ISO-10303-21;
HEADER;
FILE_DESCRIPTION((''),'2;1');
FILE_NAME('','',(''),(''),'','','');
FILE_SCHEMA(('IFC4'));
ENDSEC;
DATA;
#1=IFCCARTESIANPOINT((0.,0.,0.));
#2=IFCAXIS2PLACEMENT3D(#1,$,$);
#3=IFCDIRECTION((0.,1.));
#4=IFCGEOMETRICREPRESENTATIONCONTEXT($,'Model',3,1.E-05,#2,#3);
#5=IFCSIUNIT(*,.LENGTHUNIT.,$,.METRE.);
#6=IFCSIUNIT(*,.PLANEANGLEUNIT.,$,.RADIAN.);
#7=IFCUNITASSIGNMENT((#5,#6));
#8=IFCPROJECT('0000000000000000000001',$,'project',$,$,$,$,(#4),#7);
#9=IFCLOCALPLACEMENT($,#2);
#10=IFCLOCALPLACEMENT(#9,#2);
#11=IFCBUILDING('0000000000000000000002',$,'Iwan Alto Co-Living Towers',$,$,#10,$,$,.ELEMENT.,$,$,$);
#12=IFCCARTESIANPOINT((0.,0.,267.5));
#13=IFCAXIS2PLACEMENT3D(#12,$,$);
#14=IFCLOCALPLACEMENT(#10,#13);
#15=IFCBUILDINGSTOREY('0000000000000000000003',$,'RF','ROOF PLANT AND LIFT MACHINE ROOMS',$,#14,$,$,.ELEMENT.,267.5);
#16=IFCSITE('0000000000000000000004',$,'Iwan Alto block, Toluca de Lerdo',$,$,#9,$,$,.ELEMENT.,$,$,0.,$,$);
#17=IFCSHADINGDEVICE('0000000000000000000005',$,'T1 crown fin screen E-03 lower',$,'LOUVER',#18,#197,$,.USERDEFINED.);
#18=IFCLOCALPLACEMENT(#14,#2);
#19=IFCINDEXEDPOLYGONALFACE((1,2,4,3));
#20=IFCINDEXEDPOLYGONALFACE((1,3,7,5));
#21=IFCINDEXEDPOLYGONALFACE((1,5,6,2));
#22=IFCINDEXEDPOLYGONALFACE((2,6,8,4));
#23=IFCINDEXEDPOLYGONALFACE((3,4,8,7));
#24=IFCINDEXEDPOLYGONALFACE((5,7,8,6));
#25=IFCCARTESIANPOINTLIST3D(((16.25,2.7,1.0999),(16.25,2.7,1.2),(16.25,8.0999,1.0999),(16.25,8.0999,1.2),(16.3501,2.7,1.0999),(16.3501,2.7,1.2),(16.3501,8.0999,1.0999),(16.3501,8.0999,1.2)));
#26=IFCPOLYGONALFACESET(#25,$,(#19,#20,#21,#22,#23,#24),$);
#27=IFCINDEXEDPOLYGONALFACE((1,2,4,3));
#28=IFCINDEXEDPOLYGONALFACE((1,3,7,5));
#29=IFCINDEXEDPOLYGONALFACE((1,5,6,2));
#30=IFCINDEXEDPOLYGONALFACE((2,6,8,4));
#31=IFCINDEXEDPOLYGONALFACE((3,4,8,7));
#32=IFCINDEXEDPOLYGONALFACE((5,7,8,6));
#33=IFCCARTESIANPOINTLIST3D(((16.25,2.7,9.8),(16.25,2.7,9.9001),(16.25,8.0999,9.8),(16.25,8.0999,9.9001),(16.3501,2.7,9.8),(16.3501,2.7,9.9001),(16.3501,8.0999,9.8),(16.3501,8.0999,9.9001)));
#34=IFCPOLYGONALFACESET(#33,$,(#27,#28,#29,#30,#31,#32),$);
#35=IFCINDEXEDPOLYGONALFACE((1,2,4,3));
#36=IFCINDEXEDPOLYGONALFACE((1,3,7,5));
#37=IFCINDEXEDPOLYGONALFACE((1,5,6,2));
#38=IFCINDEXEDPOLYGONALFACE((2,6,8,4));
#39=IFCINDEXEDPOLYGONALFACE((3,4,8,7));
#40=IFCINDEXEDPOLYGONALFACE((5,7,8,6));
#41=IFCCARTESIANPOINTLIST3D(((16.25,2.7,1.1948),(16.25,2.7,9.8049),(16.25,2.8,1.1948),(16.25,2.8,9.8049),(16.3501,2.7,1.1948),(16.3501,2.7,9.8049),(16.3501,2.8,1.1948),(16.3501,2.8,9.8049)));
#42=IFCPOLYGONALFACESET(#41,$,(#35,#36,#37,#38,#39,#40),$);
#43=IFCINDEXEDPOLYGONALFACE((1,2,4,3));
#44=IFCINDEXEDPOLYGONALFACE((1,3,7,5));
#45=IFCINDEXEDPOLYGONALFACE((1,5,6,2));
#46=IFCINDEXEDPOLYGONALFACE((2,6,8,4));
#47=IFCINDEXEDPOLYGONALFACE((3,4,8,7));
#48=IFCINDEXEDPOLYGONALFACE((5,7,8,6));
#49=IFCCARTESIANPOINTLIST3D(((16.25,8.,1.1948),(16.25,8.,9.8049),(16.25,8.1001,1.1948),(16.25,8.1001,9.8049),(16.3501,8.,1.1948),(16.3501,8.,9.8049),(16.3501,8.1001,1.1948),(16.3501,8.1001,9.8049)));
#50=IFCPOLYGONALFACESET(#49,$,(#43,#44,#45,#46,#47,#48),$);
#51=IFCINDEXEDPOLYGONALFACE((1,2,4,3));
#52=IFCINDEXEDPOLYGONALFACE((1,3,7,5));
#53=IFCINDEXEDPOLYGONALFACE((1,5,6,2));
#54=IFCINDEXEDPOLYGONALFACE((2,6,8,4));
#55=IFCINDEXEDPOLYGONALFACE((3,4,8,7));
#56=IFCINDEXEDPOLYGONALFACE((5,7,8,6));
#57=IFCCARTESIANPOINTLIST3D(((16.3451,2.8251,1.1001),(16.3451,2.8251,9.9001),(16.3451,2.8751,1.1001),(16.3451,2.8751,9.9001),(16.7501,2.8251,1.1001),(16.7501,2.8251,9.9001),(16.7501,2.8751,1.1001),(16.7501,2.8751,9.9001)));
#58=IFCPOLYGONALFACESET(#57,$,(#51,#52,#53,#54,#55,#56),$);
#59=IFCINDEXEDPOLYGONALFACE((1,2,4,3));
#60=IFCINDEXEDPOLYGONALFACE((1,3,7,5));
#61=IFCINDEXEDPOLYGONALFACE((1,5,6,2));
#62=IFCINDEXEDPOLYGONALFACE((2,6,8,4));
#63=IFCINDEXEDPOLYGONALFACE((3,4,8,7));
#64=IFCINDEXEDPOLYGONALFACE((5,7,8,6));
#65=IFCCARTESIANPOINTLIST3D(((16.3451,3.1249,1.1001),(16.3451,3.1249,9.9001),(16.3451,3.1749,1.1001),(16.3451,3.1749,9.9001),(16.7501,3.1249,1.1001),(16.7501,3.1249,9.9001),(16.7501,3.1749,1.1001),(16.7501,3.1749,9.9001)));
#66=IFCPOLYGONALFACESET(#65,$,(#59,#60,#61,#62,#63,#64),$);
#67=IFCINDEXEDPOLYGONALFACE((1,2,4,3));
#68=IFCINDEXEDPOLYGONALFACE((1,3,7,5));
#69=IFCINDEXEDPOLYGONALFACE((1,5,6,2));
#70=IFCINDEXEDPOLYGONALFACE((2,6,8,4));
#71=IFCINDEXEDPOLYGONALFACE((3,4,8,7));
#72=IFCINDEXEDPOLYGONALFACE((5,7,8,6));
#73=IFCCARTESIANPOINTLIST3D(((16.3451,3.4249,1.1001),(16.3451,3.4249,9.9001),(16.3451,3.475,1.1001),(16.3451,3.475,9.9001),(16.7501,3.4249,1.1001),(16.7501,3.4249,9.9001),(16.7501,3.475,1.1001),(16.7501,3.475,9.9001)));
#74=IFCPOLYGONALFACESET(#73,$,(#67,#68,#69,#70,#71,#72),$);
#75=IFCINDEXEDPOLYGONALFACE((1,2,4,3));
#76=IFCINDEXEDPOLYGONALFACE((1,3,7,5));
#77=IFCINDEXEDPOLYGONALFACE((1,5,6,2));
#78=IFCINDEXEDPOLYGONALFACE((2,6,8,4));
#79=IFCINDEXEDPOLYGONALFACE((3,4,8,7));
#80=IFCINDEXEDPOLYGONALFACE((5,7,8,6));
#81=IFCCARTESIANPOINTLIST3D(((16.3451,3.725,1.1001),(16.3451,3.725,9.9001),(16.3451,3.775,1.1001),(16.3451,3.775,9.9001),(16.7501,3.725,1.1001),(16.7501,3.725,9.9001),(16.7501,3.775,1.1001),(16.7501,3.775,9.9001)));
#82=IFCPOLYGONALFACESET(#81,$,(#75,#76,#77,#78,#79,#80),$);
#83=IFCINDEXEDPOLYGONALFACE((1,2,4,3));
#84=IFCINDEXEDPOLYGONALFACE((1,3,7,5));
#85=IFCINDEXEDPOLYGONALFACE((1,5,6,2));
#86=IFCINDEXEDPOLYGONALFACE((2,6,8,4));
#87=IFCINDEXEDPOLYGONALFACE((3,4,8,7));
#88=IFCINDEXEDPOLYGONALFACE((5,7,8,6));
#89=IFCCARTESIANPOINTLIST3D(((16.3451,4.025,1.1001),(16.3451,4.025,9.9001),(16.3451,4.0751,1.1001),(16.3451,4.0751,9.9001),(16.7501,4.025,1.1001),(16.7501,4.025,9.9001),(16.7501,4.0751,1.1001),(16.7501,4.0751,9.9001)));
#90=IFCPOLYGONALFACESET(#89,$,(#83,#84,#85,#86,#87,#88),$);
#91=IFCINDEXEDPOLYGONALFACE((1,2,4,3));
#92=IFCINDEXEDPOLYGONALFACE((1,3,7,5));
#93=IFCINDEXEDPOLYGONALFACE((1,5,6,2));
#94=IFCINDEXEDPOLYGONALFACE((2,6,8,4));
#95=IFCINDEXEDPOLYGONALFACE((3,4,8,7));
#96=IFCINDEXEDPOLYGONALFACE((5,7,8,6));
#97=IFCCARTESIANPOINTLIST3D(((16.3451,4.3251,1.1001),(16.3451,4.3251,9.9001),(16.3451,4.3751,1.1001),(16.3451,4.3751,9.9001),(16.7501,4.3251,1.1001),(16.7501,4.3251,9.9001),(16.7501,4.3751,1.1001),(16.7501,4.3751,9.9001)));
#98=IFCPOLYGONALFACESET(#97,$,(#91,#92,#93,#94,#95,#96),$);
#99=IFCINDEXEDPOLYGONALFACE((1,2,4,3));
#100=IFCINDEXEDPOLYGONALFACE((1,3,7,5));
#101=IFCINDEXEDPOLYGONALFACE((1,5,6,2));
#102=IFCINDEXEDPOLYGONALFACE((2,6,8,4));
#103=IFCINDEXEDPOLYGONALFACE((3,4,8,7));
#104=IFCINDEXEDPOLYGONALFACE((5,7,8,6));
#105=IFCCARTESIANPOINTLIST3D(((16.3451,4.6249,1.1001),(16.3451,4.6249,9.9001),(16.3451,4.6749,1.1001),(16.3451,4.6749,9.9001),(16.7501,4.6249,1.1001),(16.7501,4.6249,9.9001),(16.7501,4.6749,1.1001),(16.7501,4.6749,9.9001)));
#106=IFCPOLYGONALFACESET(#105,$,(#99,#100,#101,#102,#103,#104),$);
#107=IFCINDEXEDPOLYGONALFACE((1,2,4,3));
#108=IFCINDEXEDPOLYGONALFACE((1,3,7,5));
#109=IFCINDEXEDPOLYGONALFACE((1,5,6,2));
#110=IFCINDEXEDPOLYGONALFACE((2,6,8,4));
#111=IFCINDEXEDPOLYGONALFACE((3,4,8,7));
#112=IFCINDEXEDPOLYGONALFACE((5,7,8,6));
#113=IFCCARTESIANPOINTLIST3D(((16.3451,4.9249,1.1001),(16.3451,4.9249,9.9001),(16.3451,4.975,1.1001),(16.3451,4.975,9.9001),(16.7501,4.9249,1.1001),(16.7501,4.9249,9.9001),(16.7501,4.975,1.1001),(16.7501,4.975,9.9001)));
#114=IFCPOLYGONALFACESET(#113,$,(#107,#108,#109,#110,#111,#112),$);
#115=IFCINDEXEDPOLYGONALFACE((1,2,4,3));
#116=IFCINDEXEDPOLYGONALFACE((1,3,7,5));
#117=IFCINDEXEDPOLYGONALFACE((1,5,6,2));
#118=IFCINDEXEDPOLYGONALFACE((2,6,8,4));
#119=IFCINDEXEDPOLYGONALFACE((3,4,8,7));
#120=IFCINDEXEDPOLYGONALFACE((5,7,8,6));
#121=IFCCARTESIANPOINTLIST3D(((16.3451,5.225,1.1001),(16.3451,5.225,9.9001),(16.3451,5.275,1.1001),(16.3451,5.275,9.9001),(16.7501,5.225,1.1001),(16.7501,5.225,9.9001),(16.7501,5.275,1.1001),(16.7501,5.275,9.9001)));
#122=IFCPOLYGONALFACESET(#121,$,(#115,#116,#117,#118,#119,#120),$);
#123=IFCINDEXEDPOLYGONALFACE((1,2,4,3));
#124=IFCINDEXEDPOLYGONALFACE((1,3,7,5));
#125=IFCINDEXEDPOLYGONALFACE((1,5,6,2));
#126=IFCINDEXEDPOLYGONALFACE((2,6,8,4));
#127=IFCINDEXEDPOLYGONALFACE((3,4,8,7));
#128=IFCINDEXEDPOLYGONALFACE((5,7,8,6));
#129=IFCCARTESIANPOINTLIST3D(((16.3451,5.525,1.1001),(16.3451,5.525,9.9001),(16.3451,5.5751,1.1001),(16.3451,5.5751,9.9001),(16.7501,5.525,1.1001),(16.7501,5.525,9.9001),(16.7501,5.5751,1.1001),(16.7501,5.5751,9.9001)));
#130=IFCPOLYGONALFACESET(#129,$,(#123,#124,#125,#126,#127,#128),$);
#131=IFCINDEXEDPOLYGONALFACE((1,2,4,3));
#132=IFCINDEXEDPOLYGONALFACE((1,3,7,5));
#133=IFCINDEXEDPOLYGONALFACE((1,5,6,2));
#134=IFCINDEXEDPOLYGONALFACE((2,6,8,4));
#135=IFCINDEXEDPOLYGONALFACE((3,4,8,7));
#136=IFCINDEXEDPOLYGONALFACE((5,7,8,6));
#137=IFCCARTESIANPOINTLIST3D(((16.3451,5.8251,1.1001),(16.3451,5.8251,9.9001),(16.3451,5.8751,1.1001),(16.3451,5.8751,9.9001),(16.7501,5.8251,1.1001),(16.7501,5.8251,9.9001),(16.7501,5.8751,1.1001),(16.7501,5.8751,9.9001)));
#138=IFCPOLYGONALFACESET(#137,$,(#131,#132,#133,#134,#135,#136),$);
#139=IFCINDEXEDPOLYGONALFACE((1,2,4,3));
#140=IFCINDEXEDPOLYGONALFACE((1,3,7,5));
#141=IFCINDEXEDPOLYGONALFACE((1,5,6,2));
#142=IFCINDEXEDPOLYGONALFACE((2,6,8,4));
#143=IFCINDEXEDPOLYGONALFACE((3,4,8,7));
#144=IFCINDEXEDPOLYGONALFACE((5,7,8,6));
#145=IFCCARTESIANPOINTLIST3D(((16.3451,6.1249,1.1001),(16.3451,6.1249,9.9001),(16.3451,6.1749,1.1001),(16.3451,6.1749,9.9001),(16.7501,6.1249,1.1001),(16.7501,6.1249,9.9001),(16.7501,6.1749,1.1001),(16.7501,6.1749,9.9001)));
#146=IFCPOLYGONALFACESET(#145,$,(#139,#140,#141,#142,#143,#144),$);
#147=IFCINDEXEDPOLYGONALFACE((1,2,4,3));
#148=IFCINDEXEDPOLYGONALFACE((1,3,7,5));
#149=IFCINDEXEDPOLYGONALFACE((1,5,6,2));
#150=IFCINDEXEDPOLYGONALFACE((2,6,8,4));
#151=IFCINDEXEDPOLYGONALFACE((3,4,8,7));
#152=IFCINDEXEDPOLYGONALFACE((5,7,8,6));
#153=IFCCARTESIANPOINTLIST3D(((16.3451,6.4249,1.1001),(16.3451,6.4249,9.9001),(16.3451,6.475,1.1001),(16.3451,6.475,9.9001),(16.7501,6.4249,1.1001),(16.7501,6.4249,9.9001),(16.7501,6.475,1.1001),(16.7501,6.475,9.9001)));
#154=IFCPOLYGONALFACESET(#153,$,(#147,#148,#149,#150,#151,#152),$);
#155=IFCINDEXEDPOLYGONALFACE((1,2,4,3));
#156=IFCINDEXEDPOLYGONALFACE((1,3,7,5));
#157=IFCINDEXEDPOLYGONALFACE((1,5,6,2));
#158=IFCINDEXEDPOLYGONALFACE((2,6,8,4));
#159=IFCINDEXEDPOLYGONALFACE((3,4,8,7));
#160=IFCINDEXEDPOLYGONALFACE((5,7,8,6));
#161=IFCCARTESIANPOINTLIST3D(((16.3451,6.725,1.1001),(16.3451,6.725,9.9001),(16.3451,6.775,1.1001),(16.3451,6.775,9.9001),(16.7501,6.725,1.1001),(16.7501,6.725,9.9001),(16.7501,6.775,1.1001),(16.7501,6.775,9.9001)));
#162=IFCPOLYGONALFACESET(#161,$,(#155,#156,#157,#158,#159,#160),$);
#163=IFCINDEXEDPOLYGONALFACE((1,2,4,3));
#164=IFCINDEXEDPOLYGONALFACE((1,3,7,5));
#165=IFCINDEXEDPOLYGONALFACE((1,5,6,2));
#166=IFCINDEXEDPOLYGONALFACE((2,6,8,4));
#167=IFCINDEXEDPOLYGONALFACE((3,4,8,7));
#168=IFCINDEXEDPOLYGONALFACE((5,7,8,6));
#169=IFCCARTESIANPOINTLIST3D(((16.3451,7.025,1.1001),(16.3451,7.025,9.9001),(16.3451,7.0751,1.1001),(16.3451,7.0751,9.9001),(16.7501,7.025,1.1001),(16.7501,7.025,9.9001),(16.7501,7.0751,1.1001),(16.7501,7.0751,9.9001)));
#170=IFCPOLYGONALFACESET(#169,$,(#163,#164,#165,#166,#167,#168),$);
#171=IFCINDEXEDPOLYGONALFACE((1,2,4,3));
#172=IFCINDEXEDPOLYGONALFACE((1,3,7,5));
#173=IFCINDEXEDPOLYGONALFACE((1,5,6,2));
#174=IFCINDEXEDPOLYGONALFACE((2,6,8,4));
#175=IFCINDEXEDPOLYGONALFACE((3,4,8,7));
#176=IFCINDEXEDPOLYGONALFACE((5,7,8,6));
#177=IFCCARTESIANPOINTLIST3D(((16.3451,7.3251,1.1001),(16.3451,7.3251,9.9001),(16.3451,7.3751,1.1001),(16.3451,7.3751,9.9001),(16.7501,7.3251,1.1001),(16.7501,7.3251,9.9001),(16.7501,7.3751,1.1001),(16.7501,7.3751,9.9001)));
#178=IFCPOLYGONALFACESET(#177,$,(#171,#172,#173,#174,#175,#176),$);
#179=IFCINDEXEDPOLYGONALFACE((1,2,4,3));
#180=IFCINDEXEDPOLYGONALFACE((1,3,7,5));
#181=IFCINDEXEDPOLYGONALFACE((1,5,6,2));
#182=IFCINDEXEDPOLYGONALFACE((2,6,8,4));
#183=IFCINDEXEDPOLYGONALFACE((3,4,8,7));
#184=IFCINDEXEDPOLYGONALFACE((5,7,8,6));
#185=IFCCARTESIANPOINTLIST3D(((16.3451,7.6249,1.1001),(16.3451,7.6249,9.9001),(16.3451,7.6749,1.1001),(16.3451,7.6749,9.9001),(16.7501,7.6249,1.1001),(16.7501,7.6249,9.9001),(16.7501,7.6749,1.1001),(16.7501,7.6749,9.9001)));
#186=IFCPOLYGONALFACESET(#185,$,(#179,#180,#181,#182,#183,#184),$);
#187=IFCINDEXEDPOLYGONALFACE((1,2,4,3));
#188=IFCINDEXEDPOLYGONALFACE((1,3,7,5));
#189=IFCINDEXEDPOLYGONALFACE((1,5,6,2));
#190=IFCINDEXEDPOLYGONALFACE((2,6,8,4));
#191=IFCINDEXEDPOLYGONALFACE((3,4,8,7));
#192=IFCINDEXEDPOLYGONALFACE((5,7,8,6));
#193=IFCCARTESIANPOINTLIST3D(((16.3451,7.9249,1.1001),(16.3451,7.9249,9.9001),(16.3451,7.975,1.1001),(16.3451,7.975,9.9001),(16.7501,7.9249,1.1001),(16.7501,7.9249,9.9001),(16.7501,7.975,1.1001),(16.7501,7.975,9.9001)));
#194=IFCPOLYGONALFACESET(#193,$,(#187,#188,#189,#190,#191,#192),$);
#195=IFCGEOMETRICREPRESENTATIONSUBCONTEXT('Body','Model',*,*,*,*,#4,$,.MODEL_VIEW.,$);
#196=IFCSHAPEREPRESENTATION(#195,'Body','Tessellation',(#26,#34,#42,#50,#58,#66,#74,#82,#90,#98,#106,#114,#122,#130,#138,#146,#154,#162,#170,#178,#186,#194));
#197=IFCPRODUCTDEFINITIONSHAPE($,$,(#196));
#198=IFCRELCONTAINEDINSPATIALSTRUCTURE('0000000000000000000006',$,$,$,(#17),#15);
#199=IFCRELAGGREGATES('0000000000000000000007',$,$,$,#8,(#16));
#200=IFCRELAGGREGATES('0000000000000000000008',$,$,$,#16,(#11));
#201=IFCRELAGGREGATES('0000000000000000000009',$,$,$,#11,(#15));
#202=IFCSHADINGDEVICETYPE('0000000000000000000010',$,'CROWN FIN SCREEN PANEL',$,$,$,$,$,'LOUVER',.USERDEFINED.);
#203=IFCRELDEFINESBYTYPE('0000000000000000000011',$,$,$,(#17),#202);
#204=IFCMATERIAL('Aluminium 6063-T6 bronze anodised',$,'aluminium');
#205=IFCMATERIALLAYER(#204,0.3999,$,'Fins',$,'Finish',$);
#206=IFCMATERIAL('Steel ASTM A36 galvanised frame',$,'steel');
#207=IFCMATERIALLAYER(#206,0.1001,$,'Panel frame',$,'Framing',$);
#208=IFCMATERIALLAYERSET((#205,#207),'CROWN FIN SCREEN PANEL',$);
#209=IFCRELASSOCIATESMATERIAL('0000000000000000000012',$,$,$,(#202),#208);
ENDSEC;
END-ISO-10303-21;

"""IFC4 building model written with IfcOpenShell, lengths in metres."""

from ifc_helpers import new_model, si_unit, direction, frame, origin, origin_2d, place, context, subcontext, project, spatial, rectangle, extrude, material, layer, layer_set, type_object, element, save


model = new_model("IFC4")

# Units and contexts
model_context = context("Model", 3, precision=1e-05, world=origin(), true_north=direction((0.0, 1.0)))
body_context = subcontext(model_context, "Body", "Model", "MODEL_VIEW")
ifc_project = project(units=[si_unit("LENGTHUNIT", "METRE"), si_unit("PLANEANGLEUNIT", "RADIAN")], contexts=[model_context])

# Site, building, storey
site_placement = place(None, origin())
site = spatial("IfcSite", under=ifc_project, at=site_placement, Name="Iwan Alto block, Toluca de Lerdo", CompositionType="ELEMENT", RefElevation=0.0)
building_placement = place(site_placement, origin())
building = spatial("IfcBuilding", under=site, at=building_placement, Name="Iwan Alto Co-Living Towers", CompositionType="ELEMENT")
storey_placement = place(building_placement, frame((0.0, 0.0, 267.5)))
storey = spatial("IfcBuildingStorey", under=building, at=storey_placement, Name="RF", Description="ROOF PLANT AND LIFT MACHINE ROOMS", CompositionType="ELEMENT", Elevation=267.5)

# Shading device
ifc_material_1 = material(Name="Aluminium 6063-T6 bronze anodised", Category="aluminium")
ifc_layer_1 = layer(ifc_material_1, 0.3999, Name="Fins", Category="Finish")
ifc_material_2 = material(Name="Steel ASTM A36 galvanised frame", Category="steel")
ifc_layer_2 = layer(ifc_material_2, 0.1001, Name="Panel frame", Category="Framing")
ifc_layer_set = layer_set([ifc_layer_1, ifc_layer_2], Name="CROWN FIN SCREEN PANEL")
shading_device_type = type_object("IfcShadingDeviceType", Name="CROWN FIN SCREEN PANEL", ElementType="LOUVER", PredefinedType="USERDEFINED", material=ifc_layer_set)
shading_device_1_placement = place(storey_placement, frame((0.0, 0.0, -267.5)))
element("IfcShadingDevice", 1, at=shading_device_1_placement, inside=storey, type_object=shading_device_type, Name="T1 crown fin screen E-03 lower", ObjectType="LOUVER", PredefinedType="USERDEFINED", context=body_context, shape_type="SweptSolid", body=[
    extrude(rectangle(XDim=5.3999, YDim=0.1001, at=origin_2d()), frame((16.3, 5.3999, 268.5999), z_axis=(0.0, 0.0, 1.0), x_axis=(0.0, 1.0, 0.0)), (0.0, 0.0, 1.0), 0.1001),
    extrude(rectangle(XDim=5.3999, YDim=0.1001, at=origin_2d()), frame((16.3, 5.3999, 277.3), z_axis=(0.0, 0.0, 1.0), x_axis=(0.0, 1.0, 0.0)), (0.0, 0.0, 1.0), 0.1001),
    extrude(rectangle(XDim=0.1001, YDim=0.1001, at=origin_2d()), frame((16.3, 2.75, 268.6948), z_axis=(0.0, 0.0, 1.0), x_axis=(0.0, 1.0, 0.0)), (0.0, 0.0, 1.0), 8.6101),
    extrude(rectangle(XDim=0.1001, YDim=0.1001, at=origin_2d()), frame((16.3, 8.05, 268.6948), z_axis=(0.0, 0.0, 1.0), x_axis=(0.0, 1.0, 0.0)), (0.0, 0.0, 1.0), 8.6101),
    extrude(rectangle(XDim=0.05, YDim=0.405, at=origin_2d()), frame((16.5476, 2.8501, 268.6001), z_axis=(0.0, 0.0, 1.0), x_axis=(0.0, 1.0, 0.0)), (0.0, 0.0, 1.0), 8.8),
    extrude(rectangle(XDim=0.05, YDim=0.405, at=origin_2d()), frame((16.5476, 3.1499, 268.6001), z_axis=(0.0, 0.0, 1.0), x_axis=(0.0, 1.0, 0.0)), (0.0, 0.0, 1.0), 8.8),
    extrude(rectangle(XDim=0.05, YDim=0.405, at=origin_2d()), frame((16.5476, 3.45, 268.6001), z_axis=(0.0, 0.0, 1.0), x_axis=(0.0, 1.0, 0.0)), (0.0, 0.0, 1.0), 8.8),
    extrude(rectangle(XDim=0.05, YDim=0.405, at=origin_2d()), frame((16.5476, 3.75, 268.6001), z_axis=(0.0, 0.0, 1.0), x_axis=(0.0, 1.0, 0.0)), (0.0, 0.0, 1.0), 8.8),
    extrude(rectangle(XDim=0.05, YDim=0.405, at=origin_2d()), frame((16.5476, 4.05, 268.6001), z_axis=(0.0, 0.0, 1.0), x_axis=(0.0, 1.0, 0.0)), (0.0, 0.0, 1.0), 8.8),
    extrude(rectangle(XDim=0.05, YDim=0.405, at=origin_2d()), frame((16.5476, 4.3501, 268.6001), z_axis=(0.0, 0.0, 1.0), x_axis=(0.0, 1.0, 0.0)), (0.0, 0.0, 1.0), 8.8),
    extrude(rectangle(XDim=0.05, YDim=0.405, at=origin_2d()), frame((16.5476, 4.6499, 268.6001), z_axis=(0.0, 0.0, 1.0), x_axis=(0.0, 1.0, 0.0)), (0.0, 0.0, 1.0), 8.8),
    extrude(rectangle(XDim=0.05, YDim=0.405, at=origin_2d()), frame((16.5476, 4.95, 268.6001), z_axis=(0.0, 0.0, 1.0), x_axis=(0.0, 1.0, 0.0)), (0.0, 0.0, 1.0), 8.8),
    extrude(rectangle(XDim=0.05, YDim=0.405, at=origin_2d()), frame((16.5476, 5.25, 268.6001), z_axis=(0.0, 0.0, 1.0), x_axis=(0.0, 1.0, 0.0)), (0.0, 0.0, 1.0), 8.8),
    extrude(rectangle(XDim=0.05, YDim=0.405, at=origin_2d()), frame((16.5476, 5.55, 268.6001), z_axis=(0.0, 0.0, 1.0), x_axis=(0.0, 1.0, 0.0)), (0.0, 0.0, 1.0), 8.8),
    extrude(rectangle(XDim=0.05, YDim=0.405, at=origin_2d()), frame((16.5476, 5.8501, 268.6001), z_axis=(0.0, 0.0, 1.0), x_axis=(0.0, 1.0, 0.0)), (0.0, 0.0, 1.0), 8.8),
    extrude(rectangle(XDim=0.05, YDim=0.405, at=origin_2d()), frame((16.5476, 6.1499, 268.6001), z_axis=(0.0, 0.0, 1.0), x_axis=(0.0, 1.0, 0.0)), (0.0, 0.0, 1.0), 8.8),
    extrude(rectangle(XDim=0.05, YDim=0.405, at=origin_2d()), frame((16.5476, 6.45, 268.6001), z_axis=(0.0, 0.0, 1.0), x_axis=(0.0, 1.0, 0.0)), (0.0, 0.0, 1.0), 8.8),
    extrude(rectangle(XDim=0.05, YDim=0.405, at=origin_2d()), frame((16.5476, 6.75, 268.6001), z_axis=(0.0, 0.0, 1.0), x_axis=(0.0, 1.0, 0.0)), (0.0, 0.0, 1.0), 8.8),
    extrude(rectangle(XDim=0.05, YDim=0.405, at=origin_2d()), frame((16.5476, 7.05, 268.6001), z_axis=(0.0, 0.0, 1.0), x_axis=(0.0, 1.0, 0.0)), (0.0, 0.0, 1.0), 8.8),
    extrude(rectangle(XDim=0.05, YDim=0.405, at=origin_2d()), frame((16.5476, 7.3501, 268.6001), z_axis=(0.0, 0.0, 1.0), x_axis=(0.0, 1.0, 0.0)), (0.0, 0.0, 1.0), 8.8),
    extrude(rectangle(XDim=0.05, YDim=0.405, at=origin_2d()), frame((16.5476, 7.6499, 268.6001), z_axis=(0.0, 0.0, 1.0), x_axis=(0.0, 1.0, 0.0)), (0.0, 0.0, 1.0), 8.8),
    extrude(rectangle(XDim=0.05, YDim=0.405, at=origin_2d()), frame((16.5476, 7.95, 268.6001), z_axis=(0.0, 0.0, 1.0), x_axis=(0.0, 1.0, 0.0)), (0.0, 0.0, 1.0), 8.8),
])

save(model, "model.ifc")
